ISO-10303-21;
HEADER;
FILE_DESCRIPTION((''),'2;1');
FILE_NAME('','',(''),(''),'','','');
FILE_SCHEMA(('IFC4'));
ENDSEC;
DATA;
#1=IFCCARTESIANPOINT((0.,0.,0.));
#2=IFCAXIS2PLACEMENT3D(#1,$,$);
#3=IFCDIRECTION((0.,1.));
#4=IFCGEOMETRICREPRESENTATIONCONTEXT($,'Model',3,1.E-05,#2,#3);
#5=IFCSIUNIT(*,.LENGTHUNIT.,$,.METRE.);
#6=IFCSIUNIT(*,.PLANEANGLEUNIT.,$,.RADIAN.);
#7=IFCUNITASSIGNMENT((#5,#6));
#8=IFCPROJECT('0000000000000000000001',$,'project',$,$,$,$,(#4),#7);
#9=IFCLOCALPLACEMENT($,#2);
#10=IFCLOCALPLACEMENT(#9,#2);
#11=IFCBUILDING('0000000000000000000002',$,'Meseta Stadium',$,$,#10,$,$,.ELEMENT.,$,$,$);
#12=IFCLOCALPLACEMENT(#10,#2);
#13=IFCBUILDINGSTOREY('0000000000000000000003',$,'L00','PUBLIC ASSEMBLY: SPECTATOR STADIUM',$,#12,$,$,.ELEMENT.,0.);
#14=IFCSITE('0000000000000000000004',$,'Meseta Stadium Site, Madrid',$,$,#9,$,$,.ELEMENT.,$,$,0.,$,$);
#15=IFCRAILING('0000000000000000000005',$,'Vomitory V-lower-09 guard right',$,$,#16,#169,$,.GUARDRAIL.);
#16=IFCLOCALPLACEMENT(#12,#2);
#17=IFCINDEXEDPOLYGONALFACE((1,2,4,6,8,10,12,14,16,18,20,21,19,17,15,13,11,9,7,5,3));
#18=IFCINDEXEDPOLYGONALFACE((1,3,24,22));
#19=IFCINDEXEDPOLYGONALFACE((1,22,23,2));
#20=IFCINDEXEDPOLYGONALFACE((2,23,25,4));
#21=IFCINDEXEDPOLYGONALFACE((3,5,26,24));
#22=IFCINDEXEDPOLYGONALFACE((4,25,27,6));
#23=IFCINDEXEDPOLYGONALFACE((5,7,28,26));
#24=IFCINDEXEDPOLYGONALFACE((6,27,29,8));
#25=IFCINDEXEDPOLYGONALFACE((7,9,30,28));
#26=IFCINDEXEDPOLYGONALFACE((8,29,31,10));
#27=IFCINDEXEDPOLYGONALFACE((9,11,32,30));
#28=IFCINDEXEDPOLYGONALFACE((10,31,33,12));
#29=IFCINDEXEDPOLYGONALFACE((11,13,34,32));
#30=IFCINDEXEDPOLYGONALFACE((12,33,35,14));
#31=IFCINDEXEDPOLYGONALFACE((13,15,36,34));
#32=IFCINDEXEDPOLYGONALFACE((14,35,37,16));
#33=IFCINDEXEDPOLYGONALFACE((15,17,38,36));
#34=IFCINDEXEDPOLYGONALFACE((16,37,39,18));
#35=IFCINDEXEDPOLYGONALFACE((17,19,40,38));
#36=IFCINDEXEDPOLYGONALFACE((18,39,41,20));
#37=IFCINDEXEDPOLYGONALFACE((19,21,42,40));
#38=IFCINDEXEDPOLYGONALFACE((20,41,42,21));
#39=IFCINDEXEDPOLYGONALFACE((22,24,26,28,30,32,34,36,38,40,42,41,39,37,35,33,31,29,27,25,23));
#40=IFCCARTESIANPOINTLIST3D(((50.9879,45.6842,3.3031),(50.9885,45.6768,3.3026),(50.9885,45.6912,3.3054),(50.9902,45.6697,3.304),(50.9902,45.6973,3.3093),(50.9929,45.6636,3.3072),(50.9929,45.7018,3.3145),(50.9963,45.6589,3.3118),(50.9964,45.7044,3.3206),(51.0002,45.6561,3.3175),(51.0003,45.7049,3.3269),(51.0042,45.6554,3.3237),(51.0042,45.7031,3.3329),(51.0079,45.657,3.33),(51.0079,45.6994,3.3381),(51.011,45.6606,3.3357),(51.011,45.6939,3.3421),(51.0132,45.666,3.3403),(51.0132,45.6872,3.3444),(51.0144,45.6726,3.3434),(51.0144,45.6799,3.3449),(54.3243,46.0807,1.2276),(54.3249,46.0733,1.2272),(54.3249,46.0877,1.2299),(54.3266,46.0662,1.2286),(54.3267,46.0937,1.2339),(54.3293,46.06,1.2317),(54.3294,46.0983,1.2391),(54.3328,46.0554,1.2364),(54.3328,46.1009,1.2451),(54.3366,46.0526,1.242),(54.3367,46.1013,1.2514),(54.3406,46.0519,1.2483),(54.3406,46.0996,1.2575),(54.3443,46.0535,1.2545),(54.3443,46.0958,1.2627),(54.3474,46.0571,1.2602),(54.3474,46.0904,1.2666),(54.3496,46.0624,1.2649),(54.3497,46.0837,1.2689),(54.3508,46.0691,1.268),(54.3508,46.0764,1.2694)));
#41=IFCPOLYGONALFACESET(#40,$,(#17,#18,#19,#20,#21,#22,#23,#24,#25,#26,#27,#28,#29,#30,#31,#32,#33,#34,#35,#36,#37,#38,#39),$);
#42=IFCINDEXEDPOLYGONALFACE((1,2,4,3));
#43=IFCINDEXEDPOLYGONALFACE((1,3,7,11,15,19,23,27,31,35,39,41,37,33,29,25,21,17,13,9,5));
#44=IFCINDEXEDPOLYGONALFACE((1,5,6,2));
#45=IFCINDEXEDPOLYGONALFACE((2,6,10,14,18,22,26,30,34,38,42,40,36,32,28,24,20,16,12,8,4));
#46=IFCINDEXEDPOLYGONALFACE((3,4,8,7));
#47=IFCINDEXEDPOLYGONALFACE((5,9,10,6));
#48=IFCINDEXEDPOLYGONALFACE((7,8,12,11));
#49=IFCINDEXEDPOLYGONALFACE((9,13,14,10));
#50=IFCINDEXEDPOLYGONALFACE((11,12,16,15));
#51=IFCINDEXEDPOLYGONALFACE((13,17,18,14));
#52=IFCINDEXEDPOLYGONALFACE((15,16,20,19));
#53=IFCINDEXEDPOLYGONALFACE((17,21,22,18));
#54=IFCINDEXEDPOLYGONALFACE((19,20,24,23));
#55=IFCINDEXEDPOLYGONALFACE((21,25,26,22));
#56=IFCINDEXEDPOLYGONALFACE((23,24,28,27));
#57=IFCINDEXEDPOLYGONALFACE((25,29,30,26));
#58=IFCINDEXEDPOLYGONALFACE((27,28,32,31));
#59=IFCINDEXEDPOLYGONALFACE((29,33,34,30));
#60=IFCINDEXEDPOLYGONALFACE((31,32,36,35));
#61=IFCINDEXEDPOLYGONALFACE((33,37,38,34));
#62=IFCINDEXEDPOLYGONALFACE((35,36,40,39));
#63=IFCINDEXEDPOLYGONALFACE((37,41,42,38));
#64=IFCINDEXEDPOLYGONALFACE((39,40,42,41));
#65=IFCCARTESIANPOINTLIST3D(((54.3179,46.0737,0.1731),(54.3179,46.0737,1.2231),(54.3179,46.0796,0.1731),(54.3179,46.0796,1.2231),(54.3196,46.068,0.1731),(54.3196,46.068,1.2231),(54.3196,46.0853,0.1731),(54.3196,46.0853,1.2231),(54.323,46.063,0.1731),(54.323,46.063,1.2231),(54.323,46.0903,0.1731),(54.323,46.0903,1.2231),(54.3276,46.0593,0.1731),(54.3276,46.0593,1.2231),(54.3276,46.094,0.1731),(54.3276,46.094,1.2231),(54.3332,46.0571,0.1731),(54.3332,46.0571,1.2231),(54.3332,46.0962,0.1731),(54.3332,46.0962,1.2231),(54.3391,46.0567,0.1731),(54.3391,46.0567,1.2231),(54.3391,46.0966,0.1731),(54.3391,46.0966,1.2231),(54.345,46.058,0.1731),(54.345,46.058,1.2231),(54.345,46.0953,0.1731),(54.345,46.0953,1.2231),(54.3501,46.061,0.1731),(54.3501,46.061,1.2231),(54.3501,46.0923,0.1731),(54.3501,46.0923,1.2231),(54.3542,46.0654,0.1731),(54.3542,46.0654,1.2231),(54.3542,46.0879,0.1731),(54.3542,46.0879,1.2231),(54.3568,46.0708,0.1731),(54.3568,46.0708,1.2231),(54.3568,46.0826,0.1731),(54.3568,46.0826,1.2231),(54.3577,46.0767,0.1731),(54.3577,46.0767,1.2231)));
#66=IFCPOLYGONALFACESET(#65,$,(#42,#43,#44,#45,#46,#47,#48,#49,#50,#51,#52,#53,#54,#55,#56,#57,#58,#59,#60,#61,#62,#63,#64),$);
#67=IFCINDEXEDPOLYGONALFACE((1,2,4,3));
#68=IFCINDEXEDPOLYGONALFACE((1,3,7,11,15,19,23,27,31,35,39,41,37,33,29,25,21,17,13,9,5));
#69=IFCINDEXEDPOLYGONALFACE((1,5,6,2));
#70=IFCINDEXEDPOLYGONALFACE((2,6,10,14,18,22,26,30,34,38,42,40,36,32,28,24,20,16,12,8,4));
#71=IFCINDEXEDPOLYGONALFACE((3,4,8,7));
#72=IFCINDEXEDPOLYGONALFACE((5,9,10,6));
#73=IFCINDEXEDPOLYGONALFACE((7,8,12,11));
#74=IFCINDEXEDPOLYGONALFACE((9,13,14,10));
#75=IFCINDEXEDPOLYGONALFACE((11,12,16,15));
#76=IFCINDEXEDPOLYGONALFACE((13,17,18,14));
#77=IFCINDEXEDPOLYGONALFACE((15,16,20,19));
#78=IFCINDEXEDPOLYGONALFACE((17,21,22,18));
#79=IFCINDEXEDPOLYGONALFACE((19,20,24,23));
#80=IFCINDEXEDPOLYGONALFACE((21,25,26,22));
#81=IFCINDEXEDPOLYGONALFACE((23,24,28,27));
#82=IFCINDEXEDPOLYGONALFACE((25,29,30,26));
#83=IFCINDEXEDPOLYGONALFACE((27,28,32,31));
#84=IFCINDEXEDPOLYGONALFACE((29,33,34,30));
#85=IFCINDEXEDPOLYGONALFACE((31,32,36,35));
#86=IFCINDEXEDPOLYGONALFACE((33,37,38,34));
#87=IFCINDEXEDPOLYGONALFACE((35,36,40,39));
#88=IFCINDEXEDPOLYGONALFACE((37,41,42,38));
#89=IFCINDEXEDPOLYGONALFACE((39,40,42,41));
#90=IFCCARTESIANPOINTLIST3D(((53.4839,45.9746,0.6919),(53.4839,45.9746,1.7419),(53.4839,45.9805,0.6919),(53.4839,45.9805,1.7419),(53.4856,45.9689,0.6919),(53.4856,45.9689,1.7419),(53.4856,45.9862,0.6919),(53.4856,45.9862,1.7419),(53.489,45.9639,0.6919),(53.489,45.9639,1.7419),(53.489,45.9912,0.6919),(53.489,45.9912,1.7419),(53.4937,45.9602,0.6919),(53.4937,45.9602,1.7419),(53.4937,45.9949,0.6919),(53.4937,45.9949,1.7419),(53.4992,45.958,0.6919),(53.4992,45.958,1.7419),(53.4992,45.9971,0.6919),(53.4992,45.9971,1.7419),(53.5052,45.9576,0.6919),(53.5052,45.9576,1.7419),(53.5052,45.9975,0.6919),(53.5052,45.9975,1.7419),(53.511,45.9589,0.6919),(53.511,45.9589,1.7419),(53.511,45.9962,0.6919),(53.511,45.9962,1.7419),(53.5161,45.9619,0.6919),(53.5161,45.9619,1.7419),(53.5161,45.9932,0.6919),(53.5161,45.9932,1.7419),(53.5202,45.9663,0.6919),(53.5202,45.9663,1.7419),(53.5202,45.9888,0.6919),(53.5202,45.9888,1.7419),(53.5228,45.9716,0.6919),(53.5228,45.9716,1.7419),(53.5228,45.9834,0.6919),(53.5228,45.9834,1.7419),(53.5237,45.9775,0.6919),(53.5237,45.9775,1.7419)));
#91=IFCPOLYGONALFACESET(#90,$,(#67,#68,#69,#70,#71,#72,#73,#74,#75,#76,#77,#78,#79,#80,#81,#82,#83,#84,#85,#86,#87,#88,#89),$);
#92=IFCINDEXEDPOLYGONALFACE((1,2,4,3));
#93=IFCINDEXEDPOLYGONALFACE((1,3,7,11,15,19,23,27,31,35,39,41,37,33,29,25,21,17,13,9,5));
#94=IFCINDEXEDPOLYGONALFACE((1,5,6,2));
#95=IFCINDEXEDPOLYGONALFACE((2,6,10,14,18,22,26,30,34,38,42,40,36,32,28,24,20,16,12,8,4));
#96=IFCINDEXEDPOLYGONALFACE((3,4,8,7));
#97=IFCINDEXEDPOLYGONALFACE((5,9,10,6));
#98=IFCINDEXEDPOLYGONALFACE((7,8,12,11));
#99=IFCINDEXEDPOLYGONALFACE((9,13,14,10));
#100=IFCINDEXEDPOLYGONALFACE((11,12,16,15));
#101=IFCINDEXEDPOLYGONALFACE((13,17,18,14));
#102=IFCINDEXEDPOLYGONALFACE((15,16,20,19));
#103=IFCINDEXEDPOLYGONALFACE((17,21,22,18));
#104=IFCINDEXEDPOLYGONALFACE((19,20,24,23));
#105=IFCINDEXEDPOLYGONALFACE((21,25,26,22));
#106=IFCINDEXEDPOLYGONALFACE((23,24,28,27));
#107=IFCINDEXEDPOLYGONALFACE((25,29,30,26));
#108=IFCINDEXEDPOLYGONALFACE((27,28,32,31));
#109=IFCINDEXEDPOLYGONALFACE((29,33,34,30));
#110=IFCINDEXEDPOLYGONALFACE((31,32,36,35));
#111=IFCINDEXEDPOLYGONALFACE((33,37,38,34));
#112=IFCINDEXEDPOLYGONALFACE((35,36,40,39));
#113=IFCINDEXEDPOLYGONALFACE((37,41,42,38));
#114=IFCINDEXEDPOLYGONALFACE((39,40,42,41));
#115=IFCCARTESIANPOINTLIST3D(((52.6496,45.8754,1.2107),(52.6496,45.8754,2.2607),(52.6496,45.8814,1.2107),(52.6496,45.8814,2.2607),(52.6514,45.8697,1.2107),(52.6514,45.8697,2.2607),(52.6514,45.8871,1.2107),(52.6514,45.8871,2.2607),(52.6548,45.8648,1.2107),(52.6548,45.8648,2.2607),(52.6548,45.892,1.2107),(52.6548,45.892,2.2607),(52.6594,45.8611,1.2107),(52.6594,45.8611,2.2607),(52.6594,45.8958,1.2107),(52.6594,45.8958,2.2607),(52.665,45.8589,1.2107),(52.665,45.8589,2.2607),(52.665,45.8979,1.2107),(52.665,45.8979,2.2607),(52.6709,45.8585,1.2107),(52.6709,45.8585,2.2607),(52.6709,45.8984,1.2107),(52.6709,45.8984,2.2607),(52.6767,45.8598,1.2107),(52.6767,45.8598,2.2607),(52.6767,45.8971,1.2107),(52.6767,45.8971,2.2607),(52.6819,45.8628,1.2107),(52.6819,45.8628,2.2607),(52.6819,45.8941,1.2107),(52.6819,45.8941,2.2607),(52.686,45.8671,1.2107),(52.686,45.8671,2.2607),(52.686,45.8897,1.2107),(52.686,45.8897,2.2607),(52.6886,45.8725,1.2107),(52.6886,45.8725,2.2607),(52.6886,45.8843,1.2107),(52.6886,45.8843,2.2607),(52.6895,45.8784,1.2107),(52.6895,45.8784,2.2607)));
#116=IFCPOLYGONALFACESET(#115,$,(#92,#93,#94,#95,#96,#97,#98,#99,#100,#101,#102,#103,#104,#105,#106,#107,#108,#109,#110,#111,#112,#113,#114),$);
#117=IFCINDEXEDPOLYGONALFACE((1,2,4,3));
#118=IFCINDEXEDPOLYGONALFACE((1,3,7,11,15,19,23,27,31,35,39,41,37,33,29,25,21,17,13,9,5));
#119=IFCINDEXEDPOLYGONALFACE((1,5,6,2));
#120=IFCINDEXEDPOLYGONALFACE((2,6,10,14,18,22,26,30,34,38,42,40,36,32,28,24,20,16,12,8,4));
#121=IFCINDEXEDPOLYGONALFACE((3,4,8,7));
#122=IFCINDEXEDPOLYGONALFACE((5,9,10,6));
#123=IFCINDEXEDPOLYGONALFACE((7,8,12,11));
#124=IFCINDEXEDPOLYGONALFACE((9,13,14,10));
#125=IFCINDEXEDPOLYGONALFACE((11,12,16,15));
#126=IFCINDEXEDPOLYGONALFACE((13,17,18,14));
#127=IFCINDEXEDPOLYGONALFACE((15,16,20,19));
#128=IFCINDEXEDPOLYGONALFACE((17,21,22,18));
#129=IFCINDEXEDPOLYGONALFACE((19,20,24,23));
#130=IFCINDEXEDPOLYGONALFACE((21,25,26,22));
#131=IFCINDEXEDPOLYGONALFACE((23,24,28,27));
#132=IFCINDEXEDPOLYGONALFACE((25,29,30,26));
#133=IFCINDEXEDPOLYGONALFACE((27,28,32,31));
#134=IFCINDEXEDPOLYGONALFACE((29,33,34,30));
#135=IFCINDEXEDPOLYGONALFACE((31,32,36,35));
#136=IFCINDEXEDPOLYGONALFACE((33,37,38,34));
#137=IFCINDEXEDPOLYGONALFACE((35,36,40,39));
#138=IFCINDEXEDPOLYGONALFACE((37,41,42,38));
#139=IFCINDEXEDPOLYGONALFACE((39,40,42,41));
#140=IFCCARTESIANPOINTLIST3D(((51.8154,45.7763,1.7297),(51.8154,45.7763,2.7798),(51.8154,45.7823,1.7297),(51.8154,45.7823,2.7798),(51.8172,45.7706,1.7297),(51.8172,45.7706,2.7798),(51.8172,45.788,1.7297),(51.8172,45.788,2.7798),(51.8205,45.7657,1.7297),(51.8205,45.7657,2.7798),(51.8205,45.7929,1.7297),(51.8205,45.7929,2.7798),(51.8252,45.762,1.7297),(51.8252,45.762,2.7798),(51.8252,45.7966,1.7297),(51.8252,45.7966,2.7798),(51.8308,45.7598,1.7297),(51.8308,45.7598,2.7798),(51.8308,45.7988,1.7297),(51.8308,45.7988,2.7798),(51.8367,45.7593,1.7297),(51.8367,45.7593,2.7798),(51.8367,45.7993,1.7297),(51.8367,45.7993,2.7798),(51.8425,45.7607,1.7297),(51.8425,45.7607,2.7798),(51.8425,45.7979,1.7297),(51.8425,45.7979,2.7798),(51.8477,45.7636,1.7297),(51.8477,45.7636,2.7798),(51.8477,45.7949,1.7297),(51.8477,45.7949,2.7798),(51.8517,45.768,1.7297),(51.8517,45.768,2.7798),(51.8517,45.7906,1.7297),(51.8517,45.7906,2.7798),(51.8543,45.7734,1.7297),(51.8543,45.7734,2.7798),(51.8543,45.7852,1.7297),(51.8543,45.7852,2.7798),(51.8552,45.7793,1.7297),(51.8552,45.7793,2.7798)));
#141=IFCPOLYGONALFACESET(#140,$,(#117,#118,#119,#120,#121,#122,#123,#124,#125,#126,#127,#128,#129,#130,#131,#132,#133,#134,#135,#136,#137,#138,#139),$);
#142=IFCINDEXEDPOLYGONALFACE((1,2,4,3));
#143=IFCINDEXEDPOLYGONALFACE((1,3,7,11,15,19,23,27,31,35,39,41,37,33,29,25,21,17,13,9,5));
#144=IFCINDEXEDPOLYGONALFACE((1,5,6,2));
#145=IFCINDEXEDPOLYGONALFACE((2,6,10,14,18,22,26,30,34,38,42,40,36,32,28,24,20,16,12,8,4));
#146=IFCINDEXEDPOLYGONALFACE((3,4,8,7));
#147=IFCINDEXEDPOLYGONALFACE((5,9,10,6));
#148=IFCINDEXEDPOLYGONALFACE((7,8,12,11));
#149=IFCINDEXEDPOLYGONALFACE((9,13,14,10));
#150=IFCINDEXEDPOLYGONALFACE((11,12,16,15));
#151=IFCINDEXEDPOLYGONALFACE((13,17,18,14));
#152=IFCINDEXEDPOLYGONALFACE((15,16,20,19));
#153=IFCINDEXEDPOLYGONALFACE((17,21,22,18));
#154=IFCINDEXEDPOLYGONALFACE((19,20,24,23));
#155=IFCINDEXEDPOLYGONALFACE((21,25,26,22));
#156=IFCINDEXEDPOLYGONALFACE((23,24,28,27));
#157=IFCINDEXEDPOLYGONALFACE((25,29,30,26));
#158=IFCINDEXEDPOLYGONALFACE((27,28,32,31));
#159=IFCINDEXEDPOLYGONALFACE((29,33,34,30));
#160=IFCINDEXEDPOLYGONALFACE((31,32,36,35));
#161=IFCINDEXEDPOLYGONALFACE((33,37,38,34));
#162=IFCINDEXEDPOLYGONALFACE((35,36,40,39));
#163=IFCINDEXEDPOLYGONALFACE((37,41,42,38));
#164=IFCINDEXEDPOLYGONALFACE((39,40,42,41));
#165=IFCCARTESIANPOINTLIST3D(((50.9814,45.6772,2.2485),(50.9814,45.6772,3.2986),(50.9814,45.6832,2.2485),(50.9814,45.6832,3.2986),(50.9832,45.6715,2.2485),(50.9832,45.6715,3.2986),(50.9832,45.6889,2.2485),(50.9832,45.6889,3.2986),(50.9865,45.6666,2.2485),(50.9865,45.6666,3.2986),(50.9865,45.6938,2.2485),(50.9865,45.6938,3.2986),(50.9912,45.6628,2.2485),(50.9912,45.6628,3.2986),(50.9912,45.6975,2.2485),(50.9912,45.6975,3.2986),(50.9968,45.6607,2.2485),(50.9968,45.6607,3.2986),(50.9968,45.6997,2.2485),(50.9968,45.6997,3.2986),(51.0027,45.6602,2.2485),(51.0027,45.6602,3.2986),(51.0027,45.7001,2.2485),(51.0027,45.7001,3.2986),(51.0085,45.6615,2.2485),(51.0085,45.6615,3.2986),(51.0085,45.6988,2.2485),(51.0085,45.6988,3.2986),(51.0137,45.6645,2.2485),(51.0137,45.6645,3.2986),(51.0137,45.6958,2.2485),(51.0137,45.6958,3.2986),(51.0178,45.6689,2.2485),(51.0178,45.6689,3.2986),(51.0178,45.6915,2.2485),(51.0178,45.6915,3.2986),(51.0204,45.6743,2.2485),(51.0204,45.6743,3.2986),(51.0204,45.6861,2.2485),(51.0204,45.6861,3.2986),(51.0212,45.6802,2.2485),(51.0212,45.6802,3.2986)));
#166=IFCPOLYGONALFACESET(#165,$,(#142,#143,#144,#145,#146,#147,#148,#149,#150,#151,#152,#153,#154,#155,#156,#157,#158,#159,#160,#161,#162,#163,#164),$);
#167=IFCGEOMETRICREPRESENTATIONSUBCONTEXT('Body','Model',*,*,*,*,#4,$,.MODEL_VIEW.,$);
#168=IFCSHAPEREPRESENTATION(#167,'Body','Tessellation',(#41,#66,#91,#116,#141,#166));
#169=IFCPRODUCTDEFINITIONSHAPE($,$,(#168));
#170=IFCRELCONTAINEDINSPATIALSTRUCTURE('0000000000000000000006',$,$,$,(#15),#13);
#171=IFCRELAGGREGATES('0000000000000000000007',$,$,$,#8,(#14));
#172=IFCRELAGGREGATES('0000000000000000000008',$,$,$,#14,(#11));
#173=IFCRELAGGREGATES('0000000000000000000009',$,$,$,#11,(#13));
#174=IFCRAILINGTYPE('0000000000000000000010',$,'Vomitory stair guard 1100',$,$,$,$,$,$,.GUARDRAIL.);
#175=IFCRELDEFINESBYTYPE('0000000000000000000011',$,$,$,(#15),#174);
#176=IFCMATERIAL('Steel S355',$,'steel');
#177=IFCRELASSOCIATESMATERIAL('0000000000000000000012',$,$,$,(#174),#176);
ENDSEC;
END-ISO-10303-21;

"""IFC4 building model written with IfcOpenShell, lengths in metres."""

from ifc_helpers import new_model, si_unit, direction, frame, origin, origin_2d, place, context, subcontext, project, spatial, circle, extrude, material, type_object, element, save


model = new_model("IFC4")

# Units and contexts
model_context = context("Model", 3, precision=1e-05, world=origin(), true_north=direction((0.0, 1.0)))
body_context = subcontext(model_context, "Body", "Model", "MODEL_VIEW")
ifc_project = project(units=[si_unit("LENGTHUNIT", "METRE"), si_unit("PLANEANGLEUNIT", "RADIAN")], contexts=[model_context])

# Site, building, storey
site_placement = place(None, origin())
site = spatial("IfcSite", under=ifc_project, at=site_placement, Name="Meseta Stadium Site, Madrid", CompositionType="ELEMENT", RefElevation=0.0)
building_placement = place(site_placement, origin())
building = spatial("IfcBuilding", under=site, at=building_placement, Name="Meseta Stadium", CompositionType="ELEMENT")
storey_placement = place(building_placement, origin())
storey = spatial("IfcBuildingStorey", under=building, at=storey_placement, Name="L00", Description="PUBLIC ASSEMBLY: SPECTATOR STADIUM", CompositionType="ELEMENT", Elevation=0.0)

# Railing
ifc_material_1 = material(Name="Steel S355", Category="steel")
railing_type_1 = type_object("IfcRailingType", Name="Vomitory stair guard 1100", PredefinedType="GUARDRAIL", material=ifc_material_1)
railing_1_placement = place(storey_placement, frame((54.3376, 46.0767, 0.1731)))
element("IfcRailing", 1, at=railing_1_placement, inside=storey, type_object=railing_type_1, Name="Vomitory V-lower-09 guard right", PredefinedType="GUARDRAIL", context=body_context, shape_type="SweptSolid", body=[
    extrude(circle(Radius=0.0249, at=origin_2d()), frame((0.0, 0.0, 1.0752), z_axis=(-0.84483, -0.100395, 0.525531), x_axis=(0.118005, -0.993013, 0.0)), (0.0, 0.0, 1.0), 3.9492),
    extrude(circle(Radius=0.02, at=origin_2d()), origin(), (0.0, 0.0, 1.0), 1.05),
    extrude(circle(Radius=0.02, at=origin_2d()), frame((-0.834, -0.0991, 0.5188)), (0.0, 0.0, 1.0), 1.05),
    extrude(circle(Radius=0.02, at=origin_2d()), frame((-1.6682, -0.1982, 1.0376)), (0.0, 0.0, 1.0), 1.05),
    extrude(circle(Radius=0.02, at=origin_2d()), frame((-2.5024, -0.2974, 1.5566)), (0.0, 0.0, 1.0), 1.05),
    extrude(circle(Radius=0.02, at=origin_2d()), frame((-3.3364, -0.3965, 2.0754)), (0.0, 0.0, 1.0), 1.05),
])

save(model, "model.ifc")
